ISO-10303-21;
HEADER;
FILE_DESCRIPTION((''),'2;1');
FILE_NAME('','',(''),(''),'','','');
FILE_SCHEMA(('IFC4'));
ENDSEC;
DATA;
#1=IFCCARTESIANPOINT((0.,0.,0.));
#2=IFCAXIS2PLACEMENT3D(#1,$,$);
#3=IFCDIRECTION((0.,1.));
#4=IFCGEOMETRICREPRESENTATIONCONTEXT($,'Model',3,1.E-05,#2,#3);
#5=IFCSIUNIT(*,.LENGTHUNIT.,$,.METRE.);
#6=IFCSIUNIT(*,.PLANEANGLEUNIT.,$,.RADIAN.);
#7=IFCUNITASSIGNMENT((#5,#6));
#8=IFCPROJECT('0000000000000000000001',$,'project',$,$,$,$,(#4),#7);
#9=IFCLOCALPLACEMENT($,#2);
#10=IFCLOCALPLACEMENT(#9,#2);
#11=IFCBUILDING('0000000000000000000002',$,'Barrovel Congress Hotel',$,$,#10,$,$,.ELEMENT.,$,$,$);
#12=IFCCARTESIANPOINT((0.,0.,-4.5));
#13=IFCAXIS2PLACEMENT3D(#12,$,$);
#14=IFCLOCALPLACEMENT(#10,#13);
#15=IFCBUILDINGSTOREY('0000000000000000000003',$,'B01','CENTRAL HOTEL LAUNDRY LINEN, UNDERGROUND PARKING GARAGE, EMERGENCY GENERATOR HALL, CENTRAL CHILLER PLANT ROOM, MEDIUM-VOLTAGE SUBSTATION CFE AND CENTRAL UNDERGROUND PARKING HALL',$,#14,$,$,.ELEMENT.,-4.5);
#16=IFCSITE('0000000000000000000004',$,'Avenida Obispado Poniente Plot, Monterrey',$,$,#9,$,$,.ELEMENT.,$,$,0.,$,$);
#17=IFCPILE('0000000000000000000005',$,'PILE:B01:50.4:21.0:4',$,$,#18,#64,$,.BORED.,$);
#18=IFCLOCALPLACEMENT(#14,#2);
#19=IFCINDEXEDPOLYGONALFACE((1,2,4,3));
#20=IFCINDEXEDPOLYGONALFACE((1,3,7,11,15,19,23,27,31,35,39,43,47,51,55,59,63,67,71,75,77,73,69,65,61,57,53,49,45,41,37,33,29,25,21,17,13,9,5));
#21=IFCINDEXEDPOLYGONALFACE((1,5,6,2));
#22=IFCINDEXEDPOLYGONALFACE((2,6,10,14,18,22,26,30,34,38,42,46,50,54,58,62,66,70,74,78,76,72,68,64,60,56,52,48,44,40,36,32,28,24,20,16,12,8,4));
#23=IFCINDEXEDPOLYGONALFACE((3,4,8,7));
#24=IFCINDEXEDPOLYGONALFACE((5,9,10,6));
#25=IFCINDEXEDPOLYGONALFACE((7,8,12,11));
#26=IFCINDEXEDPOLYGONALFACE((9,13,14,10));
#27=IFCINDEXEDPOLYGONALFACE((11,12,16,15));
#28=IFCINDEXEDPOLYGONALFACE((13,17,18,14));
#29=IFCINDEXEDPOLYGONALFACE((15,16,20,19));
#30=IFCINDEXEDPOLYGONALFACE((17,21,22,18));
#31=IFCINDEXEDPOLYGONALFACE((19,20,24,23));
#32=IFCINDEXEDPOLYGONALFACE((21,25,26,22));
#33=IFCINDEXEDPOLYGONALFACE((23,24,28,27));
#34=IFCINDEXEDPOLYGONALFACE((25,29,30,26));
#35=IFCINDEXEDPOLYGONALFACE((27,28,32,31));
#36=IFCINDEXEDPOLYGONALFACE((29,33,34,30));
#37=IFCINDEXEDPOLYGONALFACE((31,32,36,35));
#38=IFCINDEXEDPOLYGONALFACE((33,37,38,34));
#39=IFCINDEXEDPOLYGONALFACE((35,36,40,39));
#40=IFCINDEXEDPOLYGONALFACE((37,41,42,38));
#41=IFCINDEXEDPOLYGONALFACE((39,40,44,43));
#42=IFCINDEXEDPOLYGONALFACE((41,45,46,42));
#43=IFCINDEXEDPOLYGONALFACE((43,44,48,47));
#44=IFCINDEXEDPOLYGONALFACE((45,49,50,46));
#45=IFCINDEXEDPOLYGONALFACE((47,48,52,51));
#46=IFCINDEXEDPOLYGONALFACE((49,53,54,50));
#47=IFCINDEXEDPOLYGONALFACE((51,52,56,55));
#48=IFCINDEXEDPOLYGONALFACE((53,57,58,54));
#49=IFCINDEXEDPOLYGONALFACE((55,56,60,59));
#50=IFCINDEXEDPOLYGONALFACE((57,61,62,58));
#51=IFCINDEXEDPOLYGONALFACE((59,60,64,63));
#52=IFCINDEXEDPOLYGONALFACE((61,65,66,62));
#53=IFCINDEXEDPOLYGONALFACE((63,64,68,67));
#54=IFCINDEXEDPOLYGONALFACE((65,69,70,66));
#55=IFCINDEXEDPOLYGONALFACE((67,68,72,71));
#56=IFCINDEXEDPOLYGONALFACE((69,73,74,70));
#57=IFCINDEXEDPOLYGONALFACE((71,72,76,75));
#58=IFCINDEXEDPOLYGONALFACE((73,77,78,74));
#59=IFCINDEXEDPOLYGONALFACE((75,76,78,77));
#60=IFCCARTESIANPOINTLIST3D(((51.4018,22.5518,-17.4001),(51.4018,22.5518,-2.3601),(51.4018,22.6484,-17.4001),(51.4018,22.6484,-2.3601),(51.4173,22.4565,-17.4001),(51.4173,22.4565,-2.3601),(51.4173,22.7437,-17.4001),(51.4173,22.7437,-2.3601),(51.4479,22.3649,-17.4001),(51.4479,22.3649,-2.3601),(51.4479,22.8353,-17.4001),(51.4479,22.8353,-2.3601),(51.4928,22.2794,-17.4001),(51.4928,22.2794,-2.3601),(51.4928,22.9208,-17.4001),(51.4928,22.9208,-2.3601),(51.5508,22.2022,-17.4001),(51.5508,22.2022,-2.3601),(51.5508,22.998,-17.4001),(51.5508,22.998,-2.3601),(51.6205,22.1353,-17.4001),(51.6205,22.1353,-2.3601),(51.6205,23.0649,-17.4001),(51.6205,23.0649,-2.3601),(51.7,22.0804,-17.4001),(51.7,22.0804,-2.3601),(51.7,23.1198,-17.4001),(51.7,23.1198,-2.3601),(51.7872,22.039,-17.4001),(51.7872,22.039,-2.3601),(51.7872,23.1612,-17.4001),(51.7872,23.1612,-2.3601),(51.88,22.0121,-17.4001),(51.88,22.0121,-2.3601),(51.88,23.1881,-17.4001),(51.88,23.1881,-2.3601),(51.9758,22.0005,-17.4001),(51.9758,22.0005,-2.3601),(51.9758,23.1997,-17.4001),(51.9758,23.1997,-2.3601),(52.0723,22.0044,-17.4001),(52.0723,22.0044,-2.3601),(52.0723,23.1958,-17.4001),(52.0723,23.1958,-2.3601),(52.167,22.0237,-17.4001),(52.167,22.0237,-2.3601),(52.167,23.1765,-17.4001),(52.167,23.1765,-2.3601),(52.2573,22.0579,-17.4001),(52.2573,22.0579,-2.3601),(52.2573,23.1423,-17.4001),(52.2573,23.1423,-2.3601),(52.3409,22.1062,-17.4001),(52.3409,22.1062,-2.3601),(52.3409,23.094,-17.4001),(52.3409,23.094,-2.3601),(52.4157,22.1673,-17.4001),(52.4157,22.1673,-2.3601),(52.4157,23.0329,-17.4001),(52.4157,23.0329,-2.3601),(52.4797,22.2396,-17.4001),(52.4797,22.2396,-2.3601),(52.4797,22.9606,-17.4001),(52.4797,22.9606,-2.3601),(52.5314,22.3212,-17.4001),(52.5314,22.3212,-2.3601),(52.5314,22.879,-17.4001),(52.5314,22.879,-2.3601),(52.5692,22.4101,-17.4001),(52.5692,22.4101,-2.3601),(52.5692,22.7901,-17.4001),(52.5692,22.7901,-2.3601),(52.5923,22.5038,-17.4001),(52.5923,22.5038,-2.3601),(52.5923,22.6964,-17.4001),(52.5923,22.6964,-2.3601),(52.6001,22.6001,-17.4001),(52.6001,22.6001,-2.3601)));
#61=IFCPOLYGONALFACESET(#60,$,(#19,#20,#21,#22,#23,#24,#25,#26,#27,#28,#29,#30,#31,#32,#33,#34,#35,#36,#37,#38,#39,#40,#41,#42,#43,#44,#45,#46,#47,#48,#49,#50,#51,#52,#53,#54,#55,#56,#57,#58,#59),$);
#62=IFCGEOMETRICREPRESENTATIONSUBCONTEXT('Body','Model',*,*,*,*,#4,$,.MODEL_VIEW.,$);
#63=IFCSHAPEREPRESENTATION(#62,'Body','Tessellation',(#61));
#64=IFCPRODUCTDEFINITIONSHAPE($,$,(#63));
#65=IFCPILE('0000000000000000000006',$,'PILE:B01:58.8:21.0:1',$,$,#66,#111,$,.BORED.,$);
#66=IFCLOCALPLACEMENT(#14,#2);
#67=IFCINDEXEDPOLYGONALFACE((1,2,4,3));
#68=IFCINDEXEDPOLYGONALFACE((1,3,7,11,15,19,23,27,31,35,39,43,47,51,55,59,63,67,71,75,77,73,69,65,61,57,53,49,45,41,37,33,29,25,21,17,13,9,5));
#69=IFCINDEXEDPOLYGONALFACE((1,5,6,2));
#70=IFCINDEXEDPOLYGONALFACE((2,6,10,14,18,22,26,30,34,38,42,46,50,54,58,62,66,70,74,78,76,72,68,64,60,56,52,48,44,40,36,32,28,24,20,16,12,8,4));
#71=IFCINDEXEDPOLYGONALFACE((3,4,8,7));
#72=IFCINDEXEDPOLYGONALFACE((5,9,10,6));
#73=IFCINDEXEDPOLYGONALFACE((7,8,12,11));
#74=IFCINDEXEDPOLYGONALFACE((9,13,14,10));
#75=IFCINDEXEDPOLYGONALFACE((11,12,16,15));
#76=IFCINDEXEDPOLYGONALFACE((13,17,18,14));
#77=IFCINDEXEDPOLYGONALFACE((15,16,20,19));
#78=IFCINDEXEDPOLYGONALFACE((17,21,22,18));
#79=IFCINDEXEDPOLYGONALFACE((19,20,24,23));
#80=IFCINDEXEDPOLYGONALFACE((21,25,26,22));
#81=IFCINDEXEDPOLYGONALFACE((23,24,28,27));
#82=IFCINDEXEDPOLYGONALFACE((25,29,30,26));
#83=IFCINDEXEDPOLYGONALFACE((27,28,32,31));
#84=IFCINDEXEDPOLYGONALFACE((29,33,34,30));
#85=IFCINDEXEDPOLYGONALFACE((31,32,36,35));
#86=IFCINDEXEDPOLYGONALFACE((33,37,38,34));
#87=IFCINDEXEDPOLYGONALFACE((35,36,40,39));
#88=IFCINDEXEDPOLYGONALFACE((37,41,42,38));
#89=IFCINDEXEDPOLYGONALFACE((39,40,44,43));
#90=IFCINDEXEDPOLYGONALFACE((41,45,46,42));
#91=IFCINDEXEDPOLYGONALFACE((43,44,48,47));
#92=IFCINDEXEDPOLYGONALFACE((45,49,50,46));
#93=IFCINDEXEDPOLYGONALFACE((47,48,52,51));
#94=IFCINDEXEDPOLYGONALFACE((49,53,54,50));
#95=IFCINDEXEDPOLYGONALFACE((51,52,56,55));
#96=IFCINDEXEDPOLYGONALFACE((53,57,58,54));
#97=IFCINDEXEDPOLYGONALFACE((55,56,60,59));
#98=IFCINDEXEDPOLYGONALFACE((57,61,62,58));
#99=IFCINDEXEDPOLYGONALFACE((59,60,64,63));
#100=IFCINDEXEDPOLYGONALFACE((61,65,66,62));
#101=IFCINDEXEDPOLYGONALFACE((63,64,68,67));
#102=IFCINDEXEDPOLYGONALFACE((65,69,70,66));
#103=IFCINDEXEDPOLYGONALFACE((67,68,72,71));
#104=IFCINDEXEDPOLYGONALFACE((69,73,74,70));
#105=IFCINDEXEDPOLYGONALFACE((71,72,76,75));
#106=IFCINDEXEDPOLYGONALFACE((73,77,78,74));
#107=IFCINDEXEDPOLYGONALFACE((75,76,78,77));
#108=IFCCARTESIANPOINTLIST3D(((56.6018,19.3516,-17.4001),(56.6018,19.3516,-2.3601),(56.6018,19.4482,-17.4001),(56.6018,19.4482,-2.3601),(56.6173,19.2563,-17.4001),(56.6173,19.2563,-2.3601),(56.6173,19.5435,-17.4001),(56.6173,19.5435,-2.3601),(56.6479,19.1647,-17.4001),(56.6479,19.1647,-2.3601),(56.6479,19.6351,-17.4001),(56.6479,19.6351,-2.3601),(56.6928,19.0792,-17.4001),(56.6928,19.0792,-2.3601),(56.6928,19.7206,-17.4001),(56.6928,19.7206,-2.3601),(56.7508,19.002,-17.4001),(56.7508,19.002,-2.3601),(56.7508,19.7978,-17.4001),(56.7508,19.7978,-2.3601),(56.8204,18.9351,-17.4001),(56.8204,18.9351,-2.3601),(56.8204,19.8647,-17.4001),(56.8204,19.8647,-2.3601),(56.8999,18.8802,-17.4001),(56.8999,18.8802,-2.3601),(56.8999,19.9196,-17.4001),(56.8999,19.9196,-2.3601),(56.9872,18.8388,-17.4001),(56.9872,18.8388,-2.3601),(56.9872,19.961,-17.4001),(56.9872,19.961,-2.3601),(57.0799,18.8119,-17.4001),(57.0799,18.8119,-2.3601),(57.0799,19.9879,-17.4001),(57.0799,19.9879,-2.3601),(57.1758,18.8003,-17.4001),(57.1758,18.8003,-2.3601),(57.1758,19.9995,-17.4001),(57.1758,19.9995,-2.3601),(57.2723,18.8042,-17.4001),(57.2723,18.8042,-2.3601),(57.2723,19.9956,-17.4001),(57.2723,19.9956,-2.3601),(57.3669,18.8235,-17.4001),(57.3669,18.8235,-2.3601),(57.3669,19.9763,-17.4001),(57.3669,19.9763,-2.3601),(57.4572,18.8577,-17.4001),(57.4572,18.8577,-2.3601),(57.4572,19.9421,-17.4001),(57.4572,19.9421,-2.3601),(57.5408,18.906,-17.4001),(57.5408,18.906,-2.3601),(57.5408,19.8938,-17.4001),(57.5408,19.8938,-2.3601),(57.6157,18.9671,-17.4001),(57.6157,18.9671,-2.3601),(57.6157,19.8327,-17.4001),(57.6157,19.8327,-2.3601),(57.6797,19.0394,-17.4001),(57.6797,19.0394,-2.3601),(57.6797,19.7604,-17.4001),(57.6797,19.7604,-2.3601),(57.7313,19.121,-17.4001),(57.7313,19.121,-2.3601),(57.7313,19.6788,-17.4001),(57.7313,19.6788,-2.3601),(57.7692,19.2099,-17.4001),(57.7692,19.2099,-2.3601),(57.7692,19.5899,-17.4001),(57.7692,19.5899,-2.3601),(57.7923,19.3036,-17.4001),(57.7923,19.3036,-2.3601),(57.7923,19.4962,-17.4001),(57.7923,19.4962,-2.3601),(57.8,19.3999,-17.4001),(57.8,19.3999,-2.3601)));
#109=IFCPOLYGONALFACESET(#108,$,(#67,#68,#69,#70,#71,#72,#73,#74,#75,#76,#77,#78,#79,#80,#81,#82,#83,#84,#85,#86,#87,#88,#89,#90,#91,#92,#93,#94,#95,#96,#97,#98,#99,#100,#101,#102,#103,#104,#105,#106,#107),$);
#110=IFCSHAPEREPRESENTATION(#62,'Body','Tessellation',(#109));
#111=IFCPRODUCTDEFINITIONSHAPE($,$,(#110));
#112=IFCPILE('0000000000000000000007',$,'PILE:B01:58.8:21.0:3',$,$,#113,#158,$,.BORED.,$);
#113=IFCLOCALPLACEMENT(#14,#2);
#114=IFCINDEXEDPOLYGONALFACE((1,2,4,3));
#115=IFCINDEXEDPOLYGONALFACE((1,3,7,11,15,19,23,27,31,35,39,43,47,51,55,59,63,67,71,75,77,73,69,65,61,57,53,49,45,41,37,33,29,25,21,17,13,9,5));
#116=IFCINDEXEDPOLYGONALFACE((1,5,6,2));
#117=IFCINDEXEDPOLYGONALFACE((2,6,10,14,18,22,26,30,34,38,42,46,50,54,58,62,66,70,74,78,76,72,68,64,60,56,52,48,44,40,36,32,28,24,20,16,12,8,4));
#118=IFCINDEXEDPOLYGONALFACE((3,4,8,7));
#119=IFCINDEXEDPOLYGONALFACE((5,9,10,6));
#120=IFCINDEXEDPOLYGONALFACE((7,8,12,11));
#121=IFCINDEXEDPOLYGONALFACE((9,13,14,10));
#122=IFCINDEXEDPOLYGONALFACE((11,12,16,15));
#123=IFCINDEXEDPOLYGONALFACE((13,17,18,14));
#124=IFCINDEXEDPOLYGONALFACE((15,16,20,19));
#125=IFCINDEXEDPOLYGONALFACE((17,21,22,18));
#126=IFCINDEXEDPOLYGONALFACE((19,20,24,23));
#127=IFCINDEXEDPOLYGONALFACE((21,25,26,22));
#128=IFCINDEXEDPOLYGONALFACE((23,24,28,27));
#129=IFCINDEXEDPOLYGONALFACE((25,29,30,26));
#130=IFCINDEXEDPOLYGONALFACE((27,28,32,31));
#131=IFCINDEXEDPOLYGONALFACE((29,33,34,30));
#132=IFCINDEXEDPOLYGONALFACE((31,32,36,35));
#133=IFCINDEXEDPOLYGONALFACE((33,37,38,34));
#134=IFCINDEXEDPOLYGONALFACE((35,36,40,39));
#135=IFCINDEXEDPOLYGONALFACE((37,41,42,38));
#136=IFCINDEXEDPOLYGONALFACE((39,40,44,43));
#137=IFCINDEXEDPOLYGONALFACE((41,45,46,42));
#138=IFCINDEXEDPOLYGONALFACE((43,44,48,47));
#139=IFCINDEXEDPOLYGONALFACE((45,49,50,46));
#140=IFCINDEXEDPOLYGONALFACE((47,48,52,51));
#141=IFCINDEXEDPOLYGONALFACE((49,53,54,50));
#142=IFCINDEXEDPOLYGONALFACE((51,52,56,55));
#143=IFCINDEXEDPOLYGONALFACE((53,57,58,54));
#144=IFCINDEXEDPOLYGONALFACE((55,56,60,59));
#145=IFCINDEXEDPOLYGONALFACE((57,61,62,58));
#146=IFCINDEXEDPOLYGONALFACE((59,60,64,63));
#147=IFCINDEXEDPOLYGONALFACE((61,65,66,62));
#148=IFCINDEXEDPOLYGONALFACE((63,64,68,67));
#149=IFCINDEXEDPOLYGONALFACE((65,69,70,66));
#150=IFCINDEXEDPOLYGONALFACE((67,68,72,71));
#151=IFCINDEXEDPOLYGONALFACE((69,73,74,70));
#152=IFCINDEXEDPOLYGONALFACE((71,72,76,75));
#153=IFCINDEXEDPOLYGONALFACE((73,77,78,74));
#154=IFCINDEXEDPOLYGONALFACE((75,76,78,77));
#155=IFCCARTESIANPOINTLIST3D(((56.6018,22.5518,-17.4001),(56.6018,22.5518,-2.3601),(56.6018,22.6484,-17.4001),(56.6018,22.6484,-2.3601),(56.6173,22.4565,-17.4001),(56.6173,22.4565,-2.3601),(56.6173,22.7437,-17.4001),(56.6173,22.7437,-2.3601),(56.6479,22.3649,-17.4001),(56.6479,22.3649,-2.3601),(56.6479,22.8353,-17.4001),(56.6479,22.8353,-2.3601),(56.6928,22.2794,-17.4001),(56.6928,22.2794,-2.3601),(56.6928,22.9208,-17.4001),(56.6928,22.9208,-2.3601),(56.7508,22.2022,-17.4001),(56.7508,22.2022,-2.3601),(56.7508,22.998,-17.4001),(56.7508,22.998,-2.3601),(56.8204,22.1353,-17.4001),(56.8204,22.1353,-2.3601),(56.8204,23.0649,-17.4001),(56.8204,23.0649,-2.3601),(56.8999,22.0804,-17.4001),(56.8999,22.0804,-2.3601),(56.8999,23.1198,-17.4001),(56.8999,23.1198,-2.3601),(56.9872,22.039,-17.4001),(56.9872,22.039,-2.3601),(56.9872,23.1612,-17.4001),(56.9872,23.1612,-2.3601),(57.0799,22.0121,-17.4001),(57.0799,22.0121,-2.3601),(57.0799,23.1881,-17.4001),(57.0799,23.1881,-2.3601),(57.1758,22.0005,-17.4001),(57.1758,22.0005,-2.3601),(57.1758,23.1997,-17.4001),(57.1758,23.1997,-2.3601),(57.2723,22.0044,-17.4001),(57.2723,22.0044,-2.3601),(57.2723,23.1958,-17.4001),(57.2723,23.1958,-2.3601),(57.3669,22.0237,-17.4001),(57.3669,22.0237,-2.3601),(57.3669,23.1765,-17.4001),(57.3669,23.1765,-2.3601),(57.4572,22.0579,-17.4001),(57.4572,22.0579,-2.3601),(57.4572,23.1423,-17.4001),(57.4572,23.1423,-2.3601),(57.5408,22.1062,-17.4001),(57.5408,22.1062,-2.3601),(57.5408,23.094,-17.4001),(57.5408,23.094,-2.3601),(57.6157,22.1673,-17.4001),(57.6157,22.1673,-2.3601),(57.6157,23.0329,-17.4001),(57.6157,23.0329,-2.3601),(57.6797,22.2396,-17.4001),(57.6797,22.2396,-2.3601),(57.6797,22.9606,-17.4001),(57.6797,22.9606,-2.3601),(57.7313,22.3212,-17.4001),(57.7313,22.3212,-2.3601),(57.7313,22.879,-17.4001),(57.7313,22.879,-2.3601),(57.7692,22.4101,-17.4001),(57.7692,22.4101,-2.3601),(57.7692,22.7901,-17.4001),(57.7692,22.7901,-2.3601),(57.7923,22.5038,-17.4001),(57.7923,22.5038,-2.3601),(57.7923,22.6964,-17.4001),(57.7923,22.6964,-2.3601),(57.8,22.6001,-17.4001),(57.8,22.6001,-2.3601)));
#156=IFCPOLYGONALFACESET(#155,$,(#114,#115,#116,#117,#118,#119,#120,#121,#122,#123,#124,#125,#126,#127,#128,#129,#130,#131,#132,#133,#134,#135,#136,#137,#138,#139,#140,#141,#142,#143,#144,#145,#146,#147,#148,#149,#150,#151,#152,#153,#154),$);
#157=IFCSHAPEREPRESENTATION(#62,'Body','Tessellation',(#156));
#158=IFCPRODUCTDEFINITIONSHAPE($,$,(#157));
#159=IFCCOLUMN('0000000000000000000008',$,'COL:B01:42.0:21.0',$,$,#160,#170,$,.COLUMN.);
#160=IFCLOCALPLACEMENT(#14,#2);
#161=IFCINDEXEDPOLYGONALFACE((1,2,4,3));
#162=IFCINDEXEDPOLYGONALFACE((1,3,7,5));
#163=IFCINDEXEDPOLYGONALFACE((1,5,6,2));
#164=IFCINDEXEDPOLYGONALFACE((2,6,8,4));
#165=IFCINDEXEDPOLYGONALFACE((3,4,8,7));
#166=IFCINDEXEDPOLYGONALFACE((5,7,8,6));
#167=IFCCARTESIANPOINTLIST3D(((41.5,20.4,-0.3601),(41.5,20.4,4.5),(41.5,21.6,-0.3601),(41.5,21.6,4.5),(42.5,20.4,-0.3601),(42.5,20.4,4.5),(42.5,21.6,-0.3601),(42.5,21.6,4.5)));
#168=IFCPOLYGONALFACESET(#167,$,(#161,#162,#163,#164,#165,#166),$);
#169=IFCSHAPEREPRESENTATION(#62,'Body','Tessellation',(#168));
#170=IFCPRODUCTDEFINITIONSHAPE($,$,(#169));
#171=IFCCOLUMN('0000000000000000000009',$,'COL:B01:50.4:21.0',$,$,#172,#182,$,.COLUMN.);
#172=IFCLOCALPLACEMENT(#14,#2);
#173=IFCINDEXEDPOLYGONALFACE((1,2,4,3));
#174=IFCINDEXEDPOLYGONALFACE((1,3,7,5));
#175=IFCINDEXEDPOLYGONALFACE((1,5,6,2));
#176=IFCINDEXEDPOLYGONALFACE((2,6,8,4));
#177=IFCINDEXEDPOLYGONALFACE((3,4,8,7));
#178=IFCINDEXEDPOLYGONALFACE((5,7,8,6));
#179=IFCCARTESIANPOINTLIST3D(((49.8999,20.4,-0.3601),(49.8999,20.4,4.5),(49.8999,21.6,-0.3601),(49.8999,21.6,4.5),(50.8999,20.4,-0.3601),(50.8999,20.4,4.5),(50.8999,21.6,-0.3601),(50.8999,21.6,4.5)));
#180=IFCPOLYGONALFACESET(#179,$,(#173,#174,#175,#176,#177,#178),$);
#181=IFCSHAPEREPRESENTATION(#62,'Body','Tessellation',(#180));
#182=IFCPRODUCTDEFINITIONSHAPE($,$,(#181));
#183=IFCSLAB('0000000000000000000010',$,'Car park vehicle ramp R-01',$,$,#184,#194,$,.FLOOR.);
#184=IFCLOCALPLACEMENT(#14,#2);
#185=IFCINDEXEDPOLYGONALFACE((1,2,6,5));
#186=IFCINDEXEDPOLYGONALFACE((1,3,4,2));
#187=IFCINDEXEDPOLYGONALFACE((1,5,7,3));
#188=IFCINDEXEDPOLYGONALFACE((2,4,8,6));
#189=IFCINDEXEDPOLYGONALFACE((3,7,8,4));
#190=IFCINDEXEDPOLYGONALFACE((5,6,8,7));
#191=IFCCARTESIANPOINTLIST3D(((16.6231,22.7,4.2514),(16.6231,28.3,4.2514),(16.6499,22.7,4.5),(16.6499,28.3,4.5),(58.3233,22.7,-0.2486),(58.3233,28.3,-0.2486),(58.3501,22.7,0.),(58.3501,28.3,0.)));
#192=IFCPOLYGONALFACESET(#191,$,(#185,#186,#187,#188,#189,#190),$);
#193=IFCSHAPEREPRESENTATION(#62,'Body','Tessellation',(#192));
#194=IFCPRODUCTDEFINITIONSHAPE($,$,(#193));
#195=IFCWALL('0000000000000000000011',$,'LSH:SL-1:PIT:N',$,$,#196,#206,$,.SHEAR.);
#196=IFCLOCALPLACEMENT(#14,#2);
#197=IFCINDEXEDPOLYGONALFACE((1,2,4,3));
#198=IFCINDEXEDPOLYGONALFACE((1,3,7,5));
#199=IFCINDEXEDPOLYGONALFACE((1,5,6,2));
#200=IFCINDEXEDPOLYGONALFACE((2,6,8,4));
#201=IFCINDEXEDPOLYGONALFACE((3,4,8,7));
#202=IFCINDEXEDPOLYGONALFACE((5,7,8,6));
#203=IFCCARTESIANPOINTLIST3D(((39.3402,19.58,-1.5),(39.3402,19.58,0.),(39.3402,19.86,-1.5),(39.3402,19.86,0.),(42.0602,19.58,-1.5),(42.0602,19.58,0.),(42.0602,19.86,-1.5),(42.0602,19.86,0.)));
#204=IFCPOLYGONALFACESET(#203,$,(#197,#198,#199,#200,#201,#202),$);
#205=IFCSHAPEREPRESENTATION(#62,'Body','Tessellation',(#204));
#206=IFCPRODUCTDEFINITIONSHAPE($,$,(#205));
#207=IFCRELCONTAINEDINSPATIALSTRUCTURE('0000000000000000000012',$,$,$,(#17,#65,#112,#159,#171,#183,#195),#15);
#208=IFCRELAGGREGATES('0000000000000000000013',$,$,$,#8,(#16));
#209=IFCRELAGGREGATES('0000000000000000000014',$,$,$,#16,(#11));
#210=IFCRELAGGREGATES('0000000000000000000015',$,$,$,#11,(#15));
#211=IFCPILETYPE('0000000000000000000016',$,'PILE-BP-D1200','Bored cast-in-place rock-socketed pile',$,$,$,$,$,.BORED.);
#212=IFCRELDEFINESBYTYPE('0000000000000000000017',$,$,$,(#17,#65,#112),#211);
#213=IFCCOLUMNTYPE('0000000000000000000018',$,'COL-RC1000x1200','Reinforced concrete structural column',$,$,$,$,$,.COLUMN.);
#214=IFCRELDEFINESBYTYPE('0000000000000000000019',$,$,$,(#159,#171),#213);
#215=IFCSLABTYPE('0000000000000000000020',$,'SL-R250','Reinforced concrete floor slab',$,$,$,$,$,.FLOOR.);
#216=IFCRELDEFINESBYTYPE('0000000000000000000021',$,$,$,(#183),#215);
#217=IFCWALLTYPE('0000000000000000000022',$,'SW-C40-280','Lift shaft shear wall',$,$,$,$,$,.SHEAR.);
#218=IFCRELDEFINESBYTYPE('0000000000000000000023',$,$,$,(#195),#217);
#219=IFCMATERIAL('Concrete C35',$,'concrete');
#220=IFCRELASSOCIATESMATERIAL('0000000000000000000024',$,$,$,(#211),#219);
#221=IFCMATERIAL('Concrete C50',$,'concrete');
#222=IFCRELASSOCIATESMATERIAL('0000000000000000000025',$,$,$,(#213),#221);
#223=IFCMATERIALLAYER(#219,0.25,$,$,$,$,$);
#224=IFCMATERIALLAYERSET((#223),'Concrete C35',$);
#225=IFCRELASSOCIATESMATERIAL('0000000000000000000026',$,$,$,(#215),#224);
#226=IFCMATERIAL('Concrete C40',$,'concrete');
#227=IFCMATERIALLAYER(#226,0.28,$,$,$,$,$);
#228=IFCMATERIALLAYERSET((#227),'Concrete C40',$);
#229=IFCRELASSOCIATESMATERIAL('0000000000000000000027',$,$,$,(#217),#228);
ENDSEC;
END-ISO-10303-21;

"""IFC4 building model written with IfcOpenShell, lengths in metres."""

from ifc_helpers import new_model, si_unit, direction, frame, frame_2d, origin, origin_2d, place, context, subcontext, project, spatial, polyline, rectangle, circle, outline, extrude, material, layer, layer_set, material_profile, profile_set, type_object, element, save


model = new_model("IFC4")

# Units and contexts
model_context = context("Model", 3, precision=1e-05, world=origin(), true_north=direction((0.0, 1.0)))
body_context = subcontext(model_context, "Body", "Model", "MODEL_VIEW")
ifc_project = project(units=[si_unit("LENGTHUNIT", "METRE"), si_unit("PLANEANGLEUNIT", "RADIAN")], contexts=[model_context])

# Site, building, storey
site_placement = place(None, origin())
site = spatial("IfcSite", under=ifc_project, at=site_placement, Name="Avenida Obispado Poniente Plot, Monterrey", CompositionType="ELEMENT", RefElevation=0.0)
building_placement = place(site_placement, origin())
building = spatial("IfcBuilding", under=site, at=building_placement, Name="Barrovel Congress Hotel", CompositionType="ELEMENT")
storey_placement = place(building_placement, frame((0.0, 0.0, -4.5)))
storey = spatial("IfcBuildingStorey", under=building, at=storey_placement, Name="B01", Description="CENTRAL HOTEL LAUNDRY LINEN, UNDERGROUND PARKING GARAGE, EMERGENCY GENERATOR HALL, CENTRAL CHILLER PLANT ROOM, MEDIUM-VOLTAGE SUBSTATION CFE AND CENTRAL UNDERGROUND PARKING HALL", CompositionType="ELEMENT", Elevation=-4.5)

# Shared definitions
ifc_material_1 = material(Name="Concrete C40", Category="concrete")

# Piles
ifc_material_2 = material(Name="Concrete C35", Category="concrete")
ifc_material_profile_1 = material_profile(ifc_material_2, circle(Radius=0.6001, at=origin_2d()), Name="BP-D1200")
ifc_profile_set_1 = profile_set([ifc_material_profile_1], Name="Concrete C35")
pile_type_1 = type_object("IfcPileType", Name="PILE-BP-D1200", Description="Bored cast-in-place rock-socketed pile", PredefinedType="BORED", material=ifc_profile_set_1)
for number, where, z_axis, x_axis, name in (
    (1, (52.0, 22.6001, -2.3601), (0.0, 0.0, -1.0), (1.0, 0.0, 0.0), "PILE:B01:50.4:21.0:4"),
    (2, (57.2, 19.3999, -2.3601), (0.0, 0.0, -1.0), (1.0, 0.0, 0.0), "PILE:B01:58.8:21.0:1"),
    (3, (57.2, 22.6001, -2.3601), (0.0, 0.0, -1.0), (1.0, 0.0, 0.0), "PILE:B01:58.8:21.0:3"),
):
    element("IfcPile", number, at=place(storey_placement, frame(where, z_axis=z_axis, x_axis=x_axis)), inside=storey, type_object=pile_type_1, Name=name, PredefinedType="BORED", context=body_context, shape_type="SweptSolid", body=[
        extrude(circle(Radius=0.6001, at=origin_2d()), origin(), (0.0, 0.0, 1.0), 15.04),
    ])

# Columns
ifc_material_3 = material(Name="Concrete C50", Category="concrete")
ifc_material_profile_2 = material_profile(ifc_material_3, rectangle(XDim=1.0, YDim=1.2, at=origin_2d()), Name="RC1000x1200")
ifc_profile_set_2 = profile_set([ifc_material_profile_2], Name="Concrete C50")
column_type = type_object("IfcColumnType", Name="COL-RC1000x1200", Description="Reinforced concrete structural column", PredefinedType="COLUMN", material=ifc_profile_set_2)
for number, where, z_axis, x_axis, name in (
    (4, (42.0, 21.0, -0.3601), (0.0, 0.0, 1.0), (1.0, 0.0, 0.0), "COL:B01:42.0:21.0"),
    (5, (50.3999, 21.0, -0.3601), (0.0, 0.0, 1.0), (1.0, 0.0, 0.0), "COL:B01:50.4:21.0"),
):
    element("IfcColumn", number, at=place(storey_placement, frame(where, z_axis=z_axis, x_axis=x_axis)), inside=storey, type_object=column_type, Name=name, PredefinedType="COLUMN", context=body_context, shape_type="SweptSolid", body=[
        extrude(rectangle(XDim=1.0, YDim=1.2, at=origin_2d()), origin(), (0.0, 0.0, 1.0), 4.8601),
    ])

# Slab
ifc_layer_1 = layer(ifc_material_2, 0.25)
ifc_layer_set_1 = layer_set([ifc_layer_1], Name="Concrete C35")
slab_type = type_object("IfcSlabType", Name="SL-R250", Description="Reinforced concrete floor slab", PredefinedType="FLOOR", material=ifc_layer_set_1)
slab_placement = place(storey_placement, frame((58.3501, 22.7, 0.0), z_axis=(0.10729, 0.0, 0.994228), x_axis=(0.0, 1.0, 0.0)))
element("IfcSlab", 6, at=slab_placement, inside=storey, type_object=slab_type, Name="Car park vehicle ramp R-01", PredefinedType="FLOOR", context=body_context, shape_type="SweptSolid", body=[
    extrude(outline(polyline([(0.0, 0.0), (5.6001, 0.0), (5.6001, 41.9423), (0.0, 41.9423), (0.0, 0.0)])), origin(), (0.0, 0.0, -1.0), 0.25),
])

# Wall
ifc_layer_2 = layer(ifc_material_1, 0.28)
ifc_layer_set_2 = layer_set([ifc_layer_2], Name="Concrete C40")
wall_type_1 = type_object("IfcWallType", Name="SW-C40-280", Description="Lift shaft shear wall", PredefinedType="SHEAR", material=ifc_layer_set_2)
wall_1_placement = place(storey_placement, frame((42.0601, 19.72, -1.5), z_axis=(0.0, 0.0, 1.0), x_axis=(-1.0, 0.0, 0.0)))
element("IfcWall", 7, at=wall_1_placement, inside=storey, type_object=wall_type_1, Name="LSH:SL-1:PIT:N", PredefinedType="SHEAR", context=body_context, shape_type="SweptSolid", body=[
    extrude(rectangle(XDim=2.72, YDim=0.28, at=frame_2d((1.3599, 0.0))), origin(), (0.0, 0.0, 1.0), 1.5),
])

save(model, "model.ifc")
